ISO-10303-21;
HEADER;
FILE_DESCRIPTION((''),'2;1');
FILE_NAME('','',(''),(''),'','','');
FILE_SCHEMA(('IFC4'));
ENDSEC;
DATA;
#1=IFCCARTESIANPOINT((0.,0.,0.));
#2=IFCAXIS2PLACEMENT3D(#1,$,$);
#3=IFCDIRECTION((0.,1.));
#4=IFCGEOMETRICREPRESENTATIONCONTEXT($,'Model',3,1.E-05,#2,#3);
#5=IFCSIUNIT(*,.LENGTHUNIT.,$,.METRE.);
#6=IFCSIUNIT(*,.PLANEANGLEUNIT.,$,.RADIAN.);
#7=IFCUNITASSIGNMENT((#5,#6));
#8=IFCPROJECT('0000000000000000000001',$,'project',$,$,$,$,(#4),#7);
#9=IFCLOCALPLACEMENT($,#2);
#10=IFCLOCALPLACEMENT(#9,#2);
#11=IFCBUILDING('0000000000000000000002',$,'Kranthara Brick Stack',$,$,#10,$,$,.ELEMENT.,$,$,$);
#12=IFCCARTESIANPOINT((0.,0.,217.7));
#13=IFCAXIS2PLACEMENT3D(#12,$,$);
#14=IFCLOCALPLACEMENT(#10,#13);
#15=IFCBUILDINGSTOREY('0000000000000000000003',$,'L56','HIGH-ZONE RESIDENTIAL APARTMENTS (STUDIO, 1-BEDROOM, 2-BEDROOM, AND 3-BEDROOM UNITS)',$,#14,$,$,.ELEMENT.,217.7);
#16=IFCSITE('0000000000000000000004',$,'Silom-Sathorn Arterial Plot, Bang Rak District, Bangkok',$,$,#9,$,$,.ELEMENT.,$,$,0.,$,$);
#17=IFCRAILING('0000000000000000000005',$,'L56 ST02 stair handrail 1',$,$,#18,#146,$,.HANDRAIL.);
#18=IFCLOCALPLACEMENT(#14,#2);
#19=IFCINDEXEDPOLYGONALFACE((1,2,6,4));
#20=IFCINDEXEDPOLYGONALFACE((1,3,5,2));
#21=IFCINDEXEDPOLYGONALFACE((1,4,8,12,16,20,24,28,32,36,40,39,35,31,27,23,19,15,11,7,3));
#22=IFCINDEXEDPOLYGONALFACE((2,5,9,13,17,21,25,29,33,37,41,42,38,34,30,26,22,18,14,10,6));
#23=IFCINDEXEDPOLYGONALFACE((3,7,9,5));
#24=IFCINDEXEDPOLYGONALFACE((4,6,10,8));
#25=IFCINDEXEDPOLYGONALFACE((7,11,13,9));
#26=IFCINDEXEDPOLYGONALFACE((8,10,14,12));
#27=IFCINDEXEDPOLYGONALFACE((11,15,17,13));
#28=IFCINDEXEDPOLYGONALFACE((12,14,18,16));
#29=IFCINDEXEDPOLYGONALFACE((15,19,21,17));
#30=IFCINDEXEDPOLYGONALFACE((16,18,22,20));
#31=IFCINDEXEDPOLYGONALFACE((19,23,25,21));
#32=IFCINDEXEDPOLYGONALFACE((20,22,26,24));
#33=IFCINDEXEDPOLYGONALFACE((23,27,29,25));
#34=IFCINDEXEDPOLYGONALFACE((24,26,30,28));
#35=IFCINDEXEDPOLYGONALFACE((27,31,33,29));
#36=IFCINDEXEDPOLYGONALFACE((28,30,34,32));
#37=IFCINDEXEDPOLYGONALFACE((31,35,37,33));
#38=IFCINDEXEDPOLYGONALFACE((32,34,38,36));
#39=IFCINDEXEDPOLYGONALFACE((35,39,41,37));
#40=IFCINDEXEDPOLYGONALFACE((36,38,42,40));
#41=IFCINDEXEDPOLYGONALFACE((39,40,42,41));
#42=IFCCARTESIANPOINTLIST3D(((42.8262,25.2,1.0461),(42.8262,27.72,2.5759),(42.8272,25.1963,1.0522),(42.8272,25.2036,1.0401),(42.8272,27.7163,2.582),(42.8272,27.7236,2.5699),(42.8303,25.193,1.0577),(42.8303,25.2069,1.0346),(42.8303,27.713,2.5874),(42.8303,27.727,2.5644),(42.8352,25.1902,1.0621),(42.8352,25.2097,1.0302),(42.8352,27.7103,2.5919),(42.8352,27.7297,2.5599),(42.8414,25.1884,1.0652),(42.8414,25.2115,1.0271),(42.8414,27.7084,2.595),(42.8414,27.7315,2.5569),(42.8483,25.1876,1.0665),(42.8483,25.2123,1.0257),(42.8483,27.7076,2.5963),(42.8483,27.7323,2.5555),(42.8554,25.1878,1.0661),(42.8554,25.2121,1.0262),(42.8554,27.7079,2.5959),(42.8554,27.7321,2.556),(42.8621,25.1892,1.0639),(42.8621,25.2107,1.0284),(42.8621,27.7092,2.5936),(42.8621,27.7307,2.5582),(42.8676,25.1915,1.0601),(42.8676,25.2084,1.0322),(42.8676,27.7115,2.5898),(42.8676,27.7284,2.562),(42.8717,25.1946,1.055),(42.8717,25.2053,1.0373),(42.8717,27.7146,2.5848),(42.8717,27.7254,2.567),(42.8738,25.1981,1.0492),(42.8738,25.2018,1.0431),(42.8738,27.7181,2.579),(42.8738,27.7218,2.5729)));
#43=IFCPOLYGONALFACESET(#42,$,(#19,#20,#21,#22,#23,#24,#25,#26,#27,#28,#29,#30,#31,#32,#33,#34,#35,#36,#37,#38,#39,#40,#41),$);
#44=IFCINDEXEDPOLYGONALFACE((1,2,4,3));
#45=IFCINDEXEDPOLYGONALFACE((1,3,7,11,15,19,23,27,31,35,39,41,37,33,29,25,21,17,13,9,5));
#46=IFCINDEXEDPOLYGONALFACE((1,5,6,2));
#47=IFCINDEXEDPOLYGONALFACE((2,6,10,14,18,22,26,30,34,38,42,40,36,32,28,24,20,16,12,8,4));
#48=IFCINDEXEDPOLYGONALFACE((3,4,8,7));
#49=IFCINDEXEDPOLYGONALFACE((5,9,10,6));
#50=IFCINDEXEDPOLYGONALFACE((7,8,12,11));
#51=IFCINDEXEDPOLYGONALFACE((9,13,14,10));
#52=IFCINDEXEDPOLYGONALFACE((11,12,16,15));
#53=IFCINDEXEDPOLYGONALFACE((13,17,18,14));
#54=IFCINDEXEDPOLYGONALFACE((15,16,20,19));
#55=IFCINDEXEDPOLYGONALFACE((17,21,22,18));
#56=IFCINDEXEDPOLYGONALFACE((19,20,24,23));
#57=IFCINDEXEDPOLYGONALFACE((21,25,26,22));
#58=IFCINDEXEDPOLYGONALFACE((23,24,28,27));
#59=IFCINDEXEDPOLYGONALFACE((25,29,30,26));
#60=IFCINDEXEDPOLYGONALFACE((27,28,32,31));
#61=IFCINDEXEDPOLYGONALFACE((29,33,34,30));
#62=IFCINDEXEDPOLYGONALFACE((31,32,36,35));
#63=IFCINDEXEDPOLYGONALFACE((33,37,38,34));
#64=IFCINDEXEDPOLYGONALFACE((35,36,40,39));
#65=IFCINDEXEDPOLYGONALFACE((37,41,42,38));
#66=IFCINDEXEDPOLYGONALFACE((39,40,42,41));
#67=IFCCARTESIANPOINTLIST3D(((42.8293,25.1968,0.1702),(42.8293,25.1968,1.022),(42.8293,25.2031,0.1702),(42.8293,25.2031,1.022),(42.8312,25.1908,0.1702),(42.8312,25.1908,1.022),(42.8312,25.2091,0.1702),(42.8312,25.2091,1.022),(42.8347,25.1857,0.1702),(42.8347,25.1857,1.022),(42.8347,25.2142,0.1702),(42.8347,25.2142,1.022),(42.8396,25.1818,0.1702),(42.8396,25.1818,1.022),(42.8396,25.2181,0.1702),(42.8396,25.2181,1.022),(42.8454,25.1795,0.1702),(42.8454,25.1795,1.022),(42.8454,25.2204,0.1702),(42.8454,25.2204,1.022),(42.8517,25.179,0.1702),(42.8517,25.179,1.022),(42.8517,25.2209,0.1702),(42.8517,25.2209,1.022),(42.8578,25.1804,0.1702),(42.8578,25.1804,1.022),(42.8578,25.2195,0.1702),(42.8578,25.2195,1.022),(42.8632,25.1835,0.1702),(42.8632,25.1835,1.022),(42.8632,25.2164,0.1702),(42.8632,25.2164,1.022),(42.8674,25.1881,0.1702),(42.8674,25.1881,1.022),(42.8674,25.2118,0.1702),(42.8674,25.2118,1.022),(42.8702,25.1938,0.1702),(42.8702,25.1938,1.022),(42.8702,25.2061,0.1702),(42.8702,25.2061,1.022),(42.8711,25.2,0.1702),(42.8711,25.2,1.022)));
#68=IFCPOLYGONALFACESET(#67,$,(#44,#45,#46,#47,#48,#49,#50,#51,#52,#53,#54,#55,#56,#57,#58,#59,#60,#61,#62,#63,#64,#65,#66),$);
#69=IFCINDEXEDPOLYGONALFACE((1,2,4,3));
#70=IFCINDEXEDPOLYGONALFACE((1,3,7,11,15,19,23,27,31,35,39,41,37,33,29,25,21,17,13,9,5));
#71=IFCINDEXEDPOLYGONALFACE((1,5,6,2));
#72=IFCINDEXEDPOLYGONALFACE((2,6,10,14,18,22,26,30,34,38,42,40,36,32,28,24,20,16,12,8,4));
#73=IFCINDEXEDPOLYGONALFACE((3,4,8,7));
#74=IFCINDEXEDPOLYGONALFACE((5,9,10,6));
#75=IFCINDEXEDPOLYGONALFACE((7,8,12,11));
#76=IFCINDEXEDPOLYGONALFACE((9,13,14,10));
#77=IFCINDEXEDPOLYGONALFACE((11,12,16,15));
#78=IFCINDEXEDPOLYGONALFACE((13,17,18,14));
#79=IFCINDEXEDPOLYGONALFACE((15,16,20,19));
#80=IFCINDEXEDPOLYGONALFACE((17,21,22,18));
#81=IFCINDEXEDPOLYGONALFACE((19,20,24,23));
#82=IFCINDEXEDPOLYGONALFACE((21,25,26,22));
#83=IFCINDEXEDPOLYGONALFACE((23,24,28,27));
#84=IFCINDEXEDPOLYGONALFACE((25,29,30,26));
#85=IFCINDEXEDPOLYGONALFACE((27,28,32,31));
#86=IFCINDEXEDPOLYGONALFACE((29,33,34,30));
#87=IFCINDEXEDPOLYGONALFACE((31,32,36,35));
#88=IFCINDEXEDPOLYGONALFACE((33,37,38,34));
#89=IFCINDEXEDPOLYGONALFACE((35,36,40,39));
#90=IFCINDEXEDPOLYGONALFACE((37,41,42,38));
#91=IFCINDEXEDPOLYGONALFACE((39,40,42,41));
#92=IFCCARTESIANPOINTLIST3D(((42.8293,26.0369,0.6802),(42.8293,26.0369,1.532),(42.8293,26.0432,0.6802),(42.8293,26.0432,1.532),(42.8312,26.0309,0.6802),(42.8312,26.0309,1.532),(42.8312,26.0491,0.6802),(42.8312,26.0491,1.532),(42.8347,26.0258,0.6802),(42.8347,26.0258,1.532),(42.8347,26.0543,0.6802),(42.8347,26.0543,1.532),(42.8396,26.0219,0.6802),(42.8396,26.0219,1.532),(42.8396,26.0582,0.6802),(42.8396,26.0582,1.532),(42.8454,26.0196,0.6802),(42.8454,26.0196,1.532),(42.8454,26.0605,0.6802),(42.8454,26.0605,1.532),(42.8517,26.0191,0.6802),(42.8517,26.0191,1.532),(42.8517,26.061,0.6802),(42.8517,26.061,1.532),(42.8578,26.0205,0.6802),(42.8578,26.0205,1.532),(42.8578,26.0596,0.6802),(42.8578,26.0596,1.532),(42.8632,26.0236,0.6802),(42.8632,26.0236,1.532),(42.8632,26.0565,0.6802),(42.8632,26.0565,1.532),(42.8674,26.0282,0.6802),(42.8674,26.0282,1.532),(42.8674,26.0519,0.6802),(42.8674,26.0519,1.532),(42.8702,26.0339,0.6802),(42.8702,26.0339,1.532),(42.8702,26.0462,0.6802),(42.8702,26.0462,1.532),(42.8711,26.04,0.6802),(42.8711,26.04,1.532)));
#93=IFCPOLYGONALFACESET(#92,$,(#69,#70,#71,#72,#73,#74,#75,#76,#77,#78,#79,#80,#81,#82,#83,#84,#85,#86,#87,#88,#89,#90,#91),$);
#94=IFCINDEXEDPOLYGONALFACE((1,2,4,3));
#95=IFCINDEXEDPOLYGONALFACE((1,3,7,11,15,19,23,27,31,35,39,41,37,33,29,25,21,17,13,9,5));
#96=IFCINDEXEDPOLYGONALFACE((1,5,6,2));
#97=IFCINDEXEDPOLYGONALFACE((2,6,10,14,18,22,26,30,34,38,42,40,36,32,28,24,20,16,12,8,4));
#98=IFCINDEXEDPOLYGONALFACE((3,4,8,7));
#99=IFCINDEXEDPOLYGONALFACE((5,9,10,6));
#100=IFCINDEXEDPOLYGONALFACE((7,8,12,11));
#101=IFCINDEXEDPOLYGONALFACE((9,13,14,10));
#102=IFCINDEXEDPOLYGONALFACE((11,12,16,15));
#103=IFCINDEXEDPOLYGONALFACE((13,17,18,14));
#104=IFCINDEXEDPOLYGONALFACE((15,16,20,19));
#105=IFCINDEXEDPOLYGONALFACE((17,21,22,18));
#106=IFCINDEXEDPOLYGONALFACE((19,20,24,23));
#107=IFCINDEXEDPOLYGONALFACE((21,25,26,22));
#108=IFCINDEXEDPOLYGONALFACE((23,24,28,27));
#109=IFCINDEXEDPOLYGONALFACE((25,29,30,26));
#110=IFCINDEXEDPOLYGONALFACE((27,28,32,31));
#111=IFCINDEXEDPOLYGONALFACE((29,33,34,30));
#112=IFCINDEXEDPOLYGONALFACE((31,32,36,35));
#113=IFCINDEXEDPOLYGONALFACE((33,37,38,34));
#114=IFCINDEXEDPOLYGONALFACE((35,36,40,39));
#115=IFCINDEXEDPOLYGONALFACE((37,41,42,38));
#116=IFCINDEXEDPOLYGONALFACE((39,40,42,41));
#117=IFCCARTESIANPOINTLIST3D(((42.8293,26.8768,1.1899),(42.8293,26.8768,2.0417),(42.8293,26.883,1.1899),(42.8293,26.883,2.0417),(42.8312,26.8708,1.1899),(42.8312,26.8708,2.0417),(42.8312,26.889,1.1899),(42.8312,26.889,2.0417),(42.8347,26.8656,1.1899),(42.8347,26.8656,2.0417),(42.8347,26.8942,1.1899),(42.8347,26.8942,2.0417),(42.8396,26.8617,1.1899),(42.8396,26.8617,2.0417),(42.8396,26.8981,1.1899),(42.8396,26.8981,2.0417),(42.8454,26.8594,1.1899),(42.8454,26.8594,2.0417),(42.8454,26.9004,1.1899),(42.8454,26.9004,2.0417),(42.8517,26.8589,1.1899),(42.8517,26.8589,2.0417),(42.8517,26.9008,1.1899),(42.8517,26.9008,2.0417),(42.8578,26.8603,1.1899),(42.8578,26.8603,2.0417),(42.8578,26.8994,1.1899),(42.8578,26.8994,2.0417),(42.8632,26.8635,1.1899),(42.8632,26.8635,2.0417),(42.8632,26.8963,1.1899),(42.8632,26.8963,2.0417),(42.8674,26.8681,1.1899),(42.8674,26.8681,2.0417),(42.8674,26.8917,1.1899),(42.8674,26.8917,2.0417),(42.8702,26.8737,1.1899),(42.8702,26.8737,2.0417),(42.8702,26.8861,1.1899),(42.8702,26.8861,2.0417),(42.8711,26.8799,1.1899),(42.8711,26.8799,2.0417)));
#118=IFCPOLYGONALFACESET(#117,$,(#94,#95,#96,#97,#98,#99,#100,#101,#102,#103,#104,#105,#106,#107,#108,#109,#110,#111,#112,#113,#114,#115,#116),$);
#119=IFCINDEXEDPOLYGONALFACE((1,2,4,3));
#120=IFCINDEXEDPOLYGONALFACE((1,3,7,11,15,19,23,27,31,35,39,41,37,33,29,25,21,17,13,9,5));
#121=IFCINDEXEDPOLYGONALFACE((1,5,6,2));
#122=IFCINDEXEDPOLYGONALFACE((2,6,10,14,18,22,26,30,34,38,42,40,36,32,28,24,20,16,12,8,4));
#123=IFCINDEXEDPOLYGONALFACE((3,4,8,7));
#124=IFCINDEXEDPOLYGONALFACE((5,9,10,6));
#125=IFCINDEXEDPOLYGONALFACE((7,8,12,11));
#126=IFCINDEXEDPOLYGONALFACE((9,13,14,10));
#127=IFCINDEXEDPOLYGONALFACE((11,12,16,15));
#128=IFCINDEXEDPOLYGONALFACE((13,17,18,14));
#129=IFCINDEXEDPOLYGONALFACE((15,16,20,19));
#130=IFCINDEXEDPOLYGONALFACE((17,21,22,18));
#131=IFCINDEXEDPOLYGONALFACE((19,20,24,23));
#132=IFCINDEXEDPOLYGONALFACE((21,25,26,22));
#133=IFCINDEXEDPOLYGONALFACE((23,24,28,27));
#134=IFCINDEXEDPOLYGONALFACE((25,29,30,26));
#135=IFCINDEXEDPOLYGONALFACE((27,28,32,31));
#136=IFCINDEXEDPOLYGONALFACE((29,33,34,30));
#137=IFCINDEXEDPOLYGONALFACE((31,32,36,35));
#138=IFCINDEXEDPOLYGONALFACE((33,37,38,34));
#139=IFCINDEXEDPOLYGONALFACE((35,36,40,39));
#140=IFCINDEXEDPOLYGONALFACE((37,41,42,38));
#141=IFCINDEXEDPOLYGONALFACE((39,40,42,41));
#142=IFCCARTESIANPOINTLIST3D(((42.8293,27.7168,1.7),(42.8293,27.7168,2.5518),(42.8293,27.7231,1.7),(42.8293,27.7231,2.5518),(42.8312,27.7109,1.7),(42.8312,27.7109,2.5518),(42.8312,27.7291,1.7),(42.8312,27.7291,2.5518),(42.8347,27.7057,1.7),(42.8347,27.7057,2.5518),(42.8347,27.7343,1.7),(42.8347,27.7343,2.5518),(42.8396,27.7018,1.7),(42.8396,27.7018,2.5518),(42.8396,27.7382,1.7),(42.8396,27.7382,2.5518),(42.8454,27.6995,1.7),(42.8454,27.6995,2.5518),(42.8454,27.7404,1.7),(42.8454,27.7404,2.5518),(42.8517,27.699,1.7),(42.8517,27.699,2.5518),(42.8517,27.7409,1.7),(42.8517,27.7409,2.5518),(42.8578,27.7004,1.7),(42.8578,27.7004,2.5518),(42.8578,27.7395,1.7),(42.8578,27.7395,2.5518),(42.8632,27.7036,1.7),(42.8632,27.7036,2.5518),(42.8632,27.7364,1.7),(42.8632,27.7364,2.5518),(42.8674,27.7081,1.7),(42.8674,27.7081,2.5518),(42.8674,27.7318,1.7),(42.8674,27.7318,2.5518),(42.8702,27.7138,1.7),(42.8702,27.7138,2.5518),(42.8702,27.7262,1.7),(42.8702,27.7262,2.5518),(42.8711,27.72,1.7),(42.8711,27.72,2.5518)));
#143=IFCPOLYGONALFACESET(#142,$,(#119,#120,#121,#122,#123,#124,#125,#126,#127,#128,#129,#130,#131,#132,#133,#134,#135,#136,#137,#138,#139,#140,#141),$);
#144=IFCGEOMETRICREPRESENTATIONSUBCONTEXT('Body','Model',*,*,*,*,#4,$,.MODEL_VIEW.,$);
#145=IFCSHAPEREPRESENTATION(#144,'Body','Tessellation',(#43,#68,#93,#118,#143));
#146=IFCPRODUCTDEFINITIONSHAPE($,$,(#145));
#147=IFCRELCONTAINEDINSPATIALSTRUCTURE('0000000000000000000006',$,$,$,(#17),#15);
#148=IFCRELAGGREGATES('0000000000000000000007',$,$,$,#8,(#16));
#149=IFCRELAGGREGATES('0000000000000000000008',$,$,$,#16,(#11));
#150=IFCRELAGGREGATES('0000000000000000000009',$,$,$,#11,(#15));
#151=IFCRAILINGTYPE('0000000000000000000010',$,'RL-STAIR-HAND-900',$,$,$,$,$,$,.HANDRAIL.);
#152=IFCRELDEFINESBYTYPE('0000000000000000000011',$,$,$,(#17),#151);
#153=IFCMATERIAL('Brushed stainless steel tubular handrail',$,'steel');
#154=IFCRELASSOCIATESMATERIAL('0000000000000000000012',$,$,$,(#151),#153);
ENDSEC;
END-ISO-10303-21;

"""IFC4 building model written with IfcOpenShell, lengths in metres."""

from ifc_helpers import new_model, si_unit, direction, frame, origin, origin_2d, place, context, subcontext, project, spatial, circle, extrude, material, type_object, element, save


model = new_model("IFC4")

# Units and contexts
model_context = context("Model", 3, precision=1e-05, world=origin(), true_north=direction((0.0, 1.0)))
body_context = subcontext(model_context, "Body", "Model", "MODEL_VIEW")
ifc_project = project(units=[si_unit("LENGTHUNIT", "METRE"), si_unit("PLANEANGLEUNIT", "RADIAN")], contexts=[model_context])

# Site, building, storey
site_placement = place(None, origin())
site = spatial("IfcSite", under=ifc_project, at=site_placement, Name="Silom-Sathorn Arterial Plot, Bang Rak District, Bangkok", CompositionType="ELEMENT", RefElevation=0.0)
building_placement = place(site_placement, origin())
building = spatial("IfcBuilding", under=site, at=building_placement, Name="Kranthara Brick Stack", CompositionType="ELEMENT")
storey_placement = place(building_placement, frame((0.0, 0.0, 217.7)))
storey = spatial("IfcBuildingStorey", under=building, at=storey_placement, Name="L56", Description="HIGH-ZONE RESIDENTIAL APARTMENTS (STUDIO, 1-BEDROOM, 2-BEDROOM, AND 3-BEDROOM UNITS)", CompositionType="ELEMENT", Elevation=217.7)

# Railing
ifc_material_1 = material(Name="Brushed stainless steel tubular handrail", Category="steel")
railing_type_1 = type_object("IfcRailingType", Name="RL-STAIR-HAND-900", PredefinedType="HANDRAIL", material=ifc_material_1)
railing_1_placement = place(storey_placement, frame((42.8501, 25.2, 0.1702)))
element("IfcRailing", 1, at=railing_1_placement, inside=storey, type_object=railing_type_1, Name="L56 ST02 stair handrail 1", PredefinedType="HANDRAIL", context=body_context, shape_type="SweptSolid", body=[
    extrude(circle(Radius=0.0239, at=origin_2d()), frame((0.0, 0.0, 0.876), z_axis=(0.0, 0.854822, 0.518922), x_axis=(-1.0, 0.0, 0.0)), (0.0, 0.0, 1.0), 2.948),
    extrude(circle(Radius=0.021, at=origin_2d()), origin(), (0.0, 0.0, 1.0), 0.8518),
    extrude(circle(Radius=0.021, at=origin_2d()), frame((0.0, 0.8401, 0.51)), (0.0, 0.0, 1.0), 0.8518),
    extrude(circle(Radius=0.021, at=origin_2d()), frame((0.0, 1.6799, 1.0198)), (0.0, 0.0, 1.0), 0.8518),
    extrude(circle(Radius=0.021, at=origin_2d()), frame((0.0, 2.52, 1.5298)), (0.0, 0.0, 1.0), 0.8518),
])

save(model, "model.ifc")
